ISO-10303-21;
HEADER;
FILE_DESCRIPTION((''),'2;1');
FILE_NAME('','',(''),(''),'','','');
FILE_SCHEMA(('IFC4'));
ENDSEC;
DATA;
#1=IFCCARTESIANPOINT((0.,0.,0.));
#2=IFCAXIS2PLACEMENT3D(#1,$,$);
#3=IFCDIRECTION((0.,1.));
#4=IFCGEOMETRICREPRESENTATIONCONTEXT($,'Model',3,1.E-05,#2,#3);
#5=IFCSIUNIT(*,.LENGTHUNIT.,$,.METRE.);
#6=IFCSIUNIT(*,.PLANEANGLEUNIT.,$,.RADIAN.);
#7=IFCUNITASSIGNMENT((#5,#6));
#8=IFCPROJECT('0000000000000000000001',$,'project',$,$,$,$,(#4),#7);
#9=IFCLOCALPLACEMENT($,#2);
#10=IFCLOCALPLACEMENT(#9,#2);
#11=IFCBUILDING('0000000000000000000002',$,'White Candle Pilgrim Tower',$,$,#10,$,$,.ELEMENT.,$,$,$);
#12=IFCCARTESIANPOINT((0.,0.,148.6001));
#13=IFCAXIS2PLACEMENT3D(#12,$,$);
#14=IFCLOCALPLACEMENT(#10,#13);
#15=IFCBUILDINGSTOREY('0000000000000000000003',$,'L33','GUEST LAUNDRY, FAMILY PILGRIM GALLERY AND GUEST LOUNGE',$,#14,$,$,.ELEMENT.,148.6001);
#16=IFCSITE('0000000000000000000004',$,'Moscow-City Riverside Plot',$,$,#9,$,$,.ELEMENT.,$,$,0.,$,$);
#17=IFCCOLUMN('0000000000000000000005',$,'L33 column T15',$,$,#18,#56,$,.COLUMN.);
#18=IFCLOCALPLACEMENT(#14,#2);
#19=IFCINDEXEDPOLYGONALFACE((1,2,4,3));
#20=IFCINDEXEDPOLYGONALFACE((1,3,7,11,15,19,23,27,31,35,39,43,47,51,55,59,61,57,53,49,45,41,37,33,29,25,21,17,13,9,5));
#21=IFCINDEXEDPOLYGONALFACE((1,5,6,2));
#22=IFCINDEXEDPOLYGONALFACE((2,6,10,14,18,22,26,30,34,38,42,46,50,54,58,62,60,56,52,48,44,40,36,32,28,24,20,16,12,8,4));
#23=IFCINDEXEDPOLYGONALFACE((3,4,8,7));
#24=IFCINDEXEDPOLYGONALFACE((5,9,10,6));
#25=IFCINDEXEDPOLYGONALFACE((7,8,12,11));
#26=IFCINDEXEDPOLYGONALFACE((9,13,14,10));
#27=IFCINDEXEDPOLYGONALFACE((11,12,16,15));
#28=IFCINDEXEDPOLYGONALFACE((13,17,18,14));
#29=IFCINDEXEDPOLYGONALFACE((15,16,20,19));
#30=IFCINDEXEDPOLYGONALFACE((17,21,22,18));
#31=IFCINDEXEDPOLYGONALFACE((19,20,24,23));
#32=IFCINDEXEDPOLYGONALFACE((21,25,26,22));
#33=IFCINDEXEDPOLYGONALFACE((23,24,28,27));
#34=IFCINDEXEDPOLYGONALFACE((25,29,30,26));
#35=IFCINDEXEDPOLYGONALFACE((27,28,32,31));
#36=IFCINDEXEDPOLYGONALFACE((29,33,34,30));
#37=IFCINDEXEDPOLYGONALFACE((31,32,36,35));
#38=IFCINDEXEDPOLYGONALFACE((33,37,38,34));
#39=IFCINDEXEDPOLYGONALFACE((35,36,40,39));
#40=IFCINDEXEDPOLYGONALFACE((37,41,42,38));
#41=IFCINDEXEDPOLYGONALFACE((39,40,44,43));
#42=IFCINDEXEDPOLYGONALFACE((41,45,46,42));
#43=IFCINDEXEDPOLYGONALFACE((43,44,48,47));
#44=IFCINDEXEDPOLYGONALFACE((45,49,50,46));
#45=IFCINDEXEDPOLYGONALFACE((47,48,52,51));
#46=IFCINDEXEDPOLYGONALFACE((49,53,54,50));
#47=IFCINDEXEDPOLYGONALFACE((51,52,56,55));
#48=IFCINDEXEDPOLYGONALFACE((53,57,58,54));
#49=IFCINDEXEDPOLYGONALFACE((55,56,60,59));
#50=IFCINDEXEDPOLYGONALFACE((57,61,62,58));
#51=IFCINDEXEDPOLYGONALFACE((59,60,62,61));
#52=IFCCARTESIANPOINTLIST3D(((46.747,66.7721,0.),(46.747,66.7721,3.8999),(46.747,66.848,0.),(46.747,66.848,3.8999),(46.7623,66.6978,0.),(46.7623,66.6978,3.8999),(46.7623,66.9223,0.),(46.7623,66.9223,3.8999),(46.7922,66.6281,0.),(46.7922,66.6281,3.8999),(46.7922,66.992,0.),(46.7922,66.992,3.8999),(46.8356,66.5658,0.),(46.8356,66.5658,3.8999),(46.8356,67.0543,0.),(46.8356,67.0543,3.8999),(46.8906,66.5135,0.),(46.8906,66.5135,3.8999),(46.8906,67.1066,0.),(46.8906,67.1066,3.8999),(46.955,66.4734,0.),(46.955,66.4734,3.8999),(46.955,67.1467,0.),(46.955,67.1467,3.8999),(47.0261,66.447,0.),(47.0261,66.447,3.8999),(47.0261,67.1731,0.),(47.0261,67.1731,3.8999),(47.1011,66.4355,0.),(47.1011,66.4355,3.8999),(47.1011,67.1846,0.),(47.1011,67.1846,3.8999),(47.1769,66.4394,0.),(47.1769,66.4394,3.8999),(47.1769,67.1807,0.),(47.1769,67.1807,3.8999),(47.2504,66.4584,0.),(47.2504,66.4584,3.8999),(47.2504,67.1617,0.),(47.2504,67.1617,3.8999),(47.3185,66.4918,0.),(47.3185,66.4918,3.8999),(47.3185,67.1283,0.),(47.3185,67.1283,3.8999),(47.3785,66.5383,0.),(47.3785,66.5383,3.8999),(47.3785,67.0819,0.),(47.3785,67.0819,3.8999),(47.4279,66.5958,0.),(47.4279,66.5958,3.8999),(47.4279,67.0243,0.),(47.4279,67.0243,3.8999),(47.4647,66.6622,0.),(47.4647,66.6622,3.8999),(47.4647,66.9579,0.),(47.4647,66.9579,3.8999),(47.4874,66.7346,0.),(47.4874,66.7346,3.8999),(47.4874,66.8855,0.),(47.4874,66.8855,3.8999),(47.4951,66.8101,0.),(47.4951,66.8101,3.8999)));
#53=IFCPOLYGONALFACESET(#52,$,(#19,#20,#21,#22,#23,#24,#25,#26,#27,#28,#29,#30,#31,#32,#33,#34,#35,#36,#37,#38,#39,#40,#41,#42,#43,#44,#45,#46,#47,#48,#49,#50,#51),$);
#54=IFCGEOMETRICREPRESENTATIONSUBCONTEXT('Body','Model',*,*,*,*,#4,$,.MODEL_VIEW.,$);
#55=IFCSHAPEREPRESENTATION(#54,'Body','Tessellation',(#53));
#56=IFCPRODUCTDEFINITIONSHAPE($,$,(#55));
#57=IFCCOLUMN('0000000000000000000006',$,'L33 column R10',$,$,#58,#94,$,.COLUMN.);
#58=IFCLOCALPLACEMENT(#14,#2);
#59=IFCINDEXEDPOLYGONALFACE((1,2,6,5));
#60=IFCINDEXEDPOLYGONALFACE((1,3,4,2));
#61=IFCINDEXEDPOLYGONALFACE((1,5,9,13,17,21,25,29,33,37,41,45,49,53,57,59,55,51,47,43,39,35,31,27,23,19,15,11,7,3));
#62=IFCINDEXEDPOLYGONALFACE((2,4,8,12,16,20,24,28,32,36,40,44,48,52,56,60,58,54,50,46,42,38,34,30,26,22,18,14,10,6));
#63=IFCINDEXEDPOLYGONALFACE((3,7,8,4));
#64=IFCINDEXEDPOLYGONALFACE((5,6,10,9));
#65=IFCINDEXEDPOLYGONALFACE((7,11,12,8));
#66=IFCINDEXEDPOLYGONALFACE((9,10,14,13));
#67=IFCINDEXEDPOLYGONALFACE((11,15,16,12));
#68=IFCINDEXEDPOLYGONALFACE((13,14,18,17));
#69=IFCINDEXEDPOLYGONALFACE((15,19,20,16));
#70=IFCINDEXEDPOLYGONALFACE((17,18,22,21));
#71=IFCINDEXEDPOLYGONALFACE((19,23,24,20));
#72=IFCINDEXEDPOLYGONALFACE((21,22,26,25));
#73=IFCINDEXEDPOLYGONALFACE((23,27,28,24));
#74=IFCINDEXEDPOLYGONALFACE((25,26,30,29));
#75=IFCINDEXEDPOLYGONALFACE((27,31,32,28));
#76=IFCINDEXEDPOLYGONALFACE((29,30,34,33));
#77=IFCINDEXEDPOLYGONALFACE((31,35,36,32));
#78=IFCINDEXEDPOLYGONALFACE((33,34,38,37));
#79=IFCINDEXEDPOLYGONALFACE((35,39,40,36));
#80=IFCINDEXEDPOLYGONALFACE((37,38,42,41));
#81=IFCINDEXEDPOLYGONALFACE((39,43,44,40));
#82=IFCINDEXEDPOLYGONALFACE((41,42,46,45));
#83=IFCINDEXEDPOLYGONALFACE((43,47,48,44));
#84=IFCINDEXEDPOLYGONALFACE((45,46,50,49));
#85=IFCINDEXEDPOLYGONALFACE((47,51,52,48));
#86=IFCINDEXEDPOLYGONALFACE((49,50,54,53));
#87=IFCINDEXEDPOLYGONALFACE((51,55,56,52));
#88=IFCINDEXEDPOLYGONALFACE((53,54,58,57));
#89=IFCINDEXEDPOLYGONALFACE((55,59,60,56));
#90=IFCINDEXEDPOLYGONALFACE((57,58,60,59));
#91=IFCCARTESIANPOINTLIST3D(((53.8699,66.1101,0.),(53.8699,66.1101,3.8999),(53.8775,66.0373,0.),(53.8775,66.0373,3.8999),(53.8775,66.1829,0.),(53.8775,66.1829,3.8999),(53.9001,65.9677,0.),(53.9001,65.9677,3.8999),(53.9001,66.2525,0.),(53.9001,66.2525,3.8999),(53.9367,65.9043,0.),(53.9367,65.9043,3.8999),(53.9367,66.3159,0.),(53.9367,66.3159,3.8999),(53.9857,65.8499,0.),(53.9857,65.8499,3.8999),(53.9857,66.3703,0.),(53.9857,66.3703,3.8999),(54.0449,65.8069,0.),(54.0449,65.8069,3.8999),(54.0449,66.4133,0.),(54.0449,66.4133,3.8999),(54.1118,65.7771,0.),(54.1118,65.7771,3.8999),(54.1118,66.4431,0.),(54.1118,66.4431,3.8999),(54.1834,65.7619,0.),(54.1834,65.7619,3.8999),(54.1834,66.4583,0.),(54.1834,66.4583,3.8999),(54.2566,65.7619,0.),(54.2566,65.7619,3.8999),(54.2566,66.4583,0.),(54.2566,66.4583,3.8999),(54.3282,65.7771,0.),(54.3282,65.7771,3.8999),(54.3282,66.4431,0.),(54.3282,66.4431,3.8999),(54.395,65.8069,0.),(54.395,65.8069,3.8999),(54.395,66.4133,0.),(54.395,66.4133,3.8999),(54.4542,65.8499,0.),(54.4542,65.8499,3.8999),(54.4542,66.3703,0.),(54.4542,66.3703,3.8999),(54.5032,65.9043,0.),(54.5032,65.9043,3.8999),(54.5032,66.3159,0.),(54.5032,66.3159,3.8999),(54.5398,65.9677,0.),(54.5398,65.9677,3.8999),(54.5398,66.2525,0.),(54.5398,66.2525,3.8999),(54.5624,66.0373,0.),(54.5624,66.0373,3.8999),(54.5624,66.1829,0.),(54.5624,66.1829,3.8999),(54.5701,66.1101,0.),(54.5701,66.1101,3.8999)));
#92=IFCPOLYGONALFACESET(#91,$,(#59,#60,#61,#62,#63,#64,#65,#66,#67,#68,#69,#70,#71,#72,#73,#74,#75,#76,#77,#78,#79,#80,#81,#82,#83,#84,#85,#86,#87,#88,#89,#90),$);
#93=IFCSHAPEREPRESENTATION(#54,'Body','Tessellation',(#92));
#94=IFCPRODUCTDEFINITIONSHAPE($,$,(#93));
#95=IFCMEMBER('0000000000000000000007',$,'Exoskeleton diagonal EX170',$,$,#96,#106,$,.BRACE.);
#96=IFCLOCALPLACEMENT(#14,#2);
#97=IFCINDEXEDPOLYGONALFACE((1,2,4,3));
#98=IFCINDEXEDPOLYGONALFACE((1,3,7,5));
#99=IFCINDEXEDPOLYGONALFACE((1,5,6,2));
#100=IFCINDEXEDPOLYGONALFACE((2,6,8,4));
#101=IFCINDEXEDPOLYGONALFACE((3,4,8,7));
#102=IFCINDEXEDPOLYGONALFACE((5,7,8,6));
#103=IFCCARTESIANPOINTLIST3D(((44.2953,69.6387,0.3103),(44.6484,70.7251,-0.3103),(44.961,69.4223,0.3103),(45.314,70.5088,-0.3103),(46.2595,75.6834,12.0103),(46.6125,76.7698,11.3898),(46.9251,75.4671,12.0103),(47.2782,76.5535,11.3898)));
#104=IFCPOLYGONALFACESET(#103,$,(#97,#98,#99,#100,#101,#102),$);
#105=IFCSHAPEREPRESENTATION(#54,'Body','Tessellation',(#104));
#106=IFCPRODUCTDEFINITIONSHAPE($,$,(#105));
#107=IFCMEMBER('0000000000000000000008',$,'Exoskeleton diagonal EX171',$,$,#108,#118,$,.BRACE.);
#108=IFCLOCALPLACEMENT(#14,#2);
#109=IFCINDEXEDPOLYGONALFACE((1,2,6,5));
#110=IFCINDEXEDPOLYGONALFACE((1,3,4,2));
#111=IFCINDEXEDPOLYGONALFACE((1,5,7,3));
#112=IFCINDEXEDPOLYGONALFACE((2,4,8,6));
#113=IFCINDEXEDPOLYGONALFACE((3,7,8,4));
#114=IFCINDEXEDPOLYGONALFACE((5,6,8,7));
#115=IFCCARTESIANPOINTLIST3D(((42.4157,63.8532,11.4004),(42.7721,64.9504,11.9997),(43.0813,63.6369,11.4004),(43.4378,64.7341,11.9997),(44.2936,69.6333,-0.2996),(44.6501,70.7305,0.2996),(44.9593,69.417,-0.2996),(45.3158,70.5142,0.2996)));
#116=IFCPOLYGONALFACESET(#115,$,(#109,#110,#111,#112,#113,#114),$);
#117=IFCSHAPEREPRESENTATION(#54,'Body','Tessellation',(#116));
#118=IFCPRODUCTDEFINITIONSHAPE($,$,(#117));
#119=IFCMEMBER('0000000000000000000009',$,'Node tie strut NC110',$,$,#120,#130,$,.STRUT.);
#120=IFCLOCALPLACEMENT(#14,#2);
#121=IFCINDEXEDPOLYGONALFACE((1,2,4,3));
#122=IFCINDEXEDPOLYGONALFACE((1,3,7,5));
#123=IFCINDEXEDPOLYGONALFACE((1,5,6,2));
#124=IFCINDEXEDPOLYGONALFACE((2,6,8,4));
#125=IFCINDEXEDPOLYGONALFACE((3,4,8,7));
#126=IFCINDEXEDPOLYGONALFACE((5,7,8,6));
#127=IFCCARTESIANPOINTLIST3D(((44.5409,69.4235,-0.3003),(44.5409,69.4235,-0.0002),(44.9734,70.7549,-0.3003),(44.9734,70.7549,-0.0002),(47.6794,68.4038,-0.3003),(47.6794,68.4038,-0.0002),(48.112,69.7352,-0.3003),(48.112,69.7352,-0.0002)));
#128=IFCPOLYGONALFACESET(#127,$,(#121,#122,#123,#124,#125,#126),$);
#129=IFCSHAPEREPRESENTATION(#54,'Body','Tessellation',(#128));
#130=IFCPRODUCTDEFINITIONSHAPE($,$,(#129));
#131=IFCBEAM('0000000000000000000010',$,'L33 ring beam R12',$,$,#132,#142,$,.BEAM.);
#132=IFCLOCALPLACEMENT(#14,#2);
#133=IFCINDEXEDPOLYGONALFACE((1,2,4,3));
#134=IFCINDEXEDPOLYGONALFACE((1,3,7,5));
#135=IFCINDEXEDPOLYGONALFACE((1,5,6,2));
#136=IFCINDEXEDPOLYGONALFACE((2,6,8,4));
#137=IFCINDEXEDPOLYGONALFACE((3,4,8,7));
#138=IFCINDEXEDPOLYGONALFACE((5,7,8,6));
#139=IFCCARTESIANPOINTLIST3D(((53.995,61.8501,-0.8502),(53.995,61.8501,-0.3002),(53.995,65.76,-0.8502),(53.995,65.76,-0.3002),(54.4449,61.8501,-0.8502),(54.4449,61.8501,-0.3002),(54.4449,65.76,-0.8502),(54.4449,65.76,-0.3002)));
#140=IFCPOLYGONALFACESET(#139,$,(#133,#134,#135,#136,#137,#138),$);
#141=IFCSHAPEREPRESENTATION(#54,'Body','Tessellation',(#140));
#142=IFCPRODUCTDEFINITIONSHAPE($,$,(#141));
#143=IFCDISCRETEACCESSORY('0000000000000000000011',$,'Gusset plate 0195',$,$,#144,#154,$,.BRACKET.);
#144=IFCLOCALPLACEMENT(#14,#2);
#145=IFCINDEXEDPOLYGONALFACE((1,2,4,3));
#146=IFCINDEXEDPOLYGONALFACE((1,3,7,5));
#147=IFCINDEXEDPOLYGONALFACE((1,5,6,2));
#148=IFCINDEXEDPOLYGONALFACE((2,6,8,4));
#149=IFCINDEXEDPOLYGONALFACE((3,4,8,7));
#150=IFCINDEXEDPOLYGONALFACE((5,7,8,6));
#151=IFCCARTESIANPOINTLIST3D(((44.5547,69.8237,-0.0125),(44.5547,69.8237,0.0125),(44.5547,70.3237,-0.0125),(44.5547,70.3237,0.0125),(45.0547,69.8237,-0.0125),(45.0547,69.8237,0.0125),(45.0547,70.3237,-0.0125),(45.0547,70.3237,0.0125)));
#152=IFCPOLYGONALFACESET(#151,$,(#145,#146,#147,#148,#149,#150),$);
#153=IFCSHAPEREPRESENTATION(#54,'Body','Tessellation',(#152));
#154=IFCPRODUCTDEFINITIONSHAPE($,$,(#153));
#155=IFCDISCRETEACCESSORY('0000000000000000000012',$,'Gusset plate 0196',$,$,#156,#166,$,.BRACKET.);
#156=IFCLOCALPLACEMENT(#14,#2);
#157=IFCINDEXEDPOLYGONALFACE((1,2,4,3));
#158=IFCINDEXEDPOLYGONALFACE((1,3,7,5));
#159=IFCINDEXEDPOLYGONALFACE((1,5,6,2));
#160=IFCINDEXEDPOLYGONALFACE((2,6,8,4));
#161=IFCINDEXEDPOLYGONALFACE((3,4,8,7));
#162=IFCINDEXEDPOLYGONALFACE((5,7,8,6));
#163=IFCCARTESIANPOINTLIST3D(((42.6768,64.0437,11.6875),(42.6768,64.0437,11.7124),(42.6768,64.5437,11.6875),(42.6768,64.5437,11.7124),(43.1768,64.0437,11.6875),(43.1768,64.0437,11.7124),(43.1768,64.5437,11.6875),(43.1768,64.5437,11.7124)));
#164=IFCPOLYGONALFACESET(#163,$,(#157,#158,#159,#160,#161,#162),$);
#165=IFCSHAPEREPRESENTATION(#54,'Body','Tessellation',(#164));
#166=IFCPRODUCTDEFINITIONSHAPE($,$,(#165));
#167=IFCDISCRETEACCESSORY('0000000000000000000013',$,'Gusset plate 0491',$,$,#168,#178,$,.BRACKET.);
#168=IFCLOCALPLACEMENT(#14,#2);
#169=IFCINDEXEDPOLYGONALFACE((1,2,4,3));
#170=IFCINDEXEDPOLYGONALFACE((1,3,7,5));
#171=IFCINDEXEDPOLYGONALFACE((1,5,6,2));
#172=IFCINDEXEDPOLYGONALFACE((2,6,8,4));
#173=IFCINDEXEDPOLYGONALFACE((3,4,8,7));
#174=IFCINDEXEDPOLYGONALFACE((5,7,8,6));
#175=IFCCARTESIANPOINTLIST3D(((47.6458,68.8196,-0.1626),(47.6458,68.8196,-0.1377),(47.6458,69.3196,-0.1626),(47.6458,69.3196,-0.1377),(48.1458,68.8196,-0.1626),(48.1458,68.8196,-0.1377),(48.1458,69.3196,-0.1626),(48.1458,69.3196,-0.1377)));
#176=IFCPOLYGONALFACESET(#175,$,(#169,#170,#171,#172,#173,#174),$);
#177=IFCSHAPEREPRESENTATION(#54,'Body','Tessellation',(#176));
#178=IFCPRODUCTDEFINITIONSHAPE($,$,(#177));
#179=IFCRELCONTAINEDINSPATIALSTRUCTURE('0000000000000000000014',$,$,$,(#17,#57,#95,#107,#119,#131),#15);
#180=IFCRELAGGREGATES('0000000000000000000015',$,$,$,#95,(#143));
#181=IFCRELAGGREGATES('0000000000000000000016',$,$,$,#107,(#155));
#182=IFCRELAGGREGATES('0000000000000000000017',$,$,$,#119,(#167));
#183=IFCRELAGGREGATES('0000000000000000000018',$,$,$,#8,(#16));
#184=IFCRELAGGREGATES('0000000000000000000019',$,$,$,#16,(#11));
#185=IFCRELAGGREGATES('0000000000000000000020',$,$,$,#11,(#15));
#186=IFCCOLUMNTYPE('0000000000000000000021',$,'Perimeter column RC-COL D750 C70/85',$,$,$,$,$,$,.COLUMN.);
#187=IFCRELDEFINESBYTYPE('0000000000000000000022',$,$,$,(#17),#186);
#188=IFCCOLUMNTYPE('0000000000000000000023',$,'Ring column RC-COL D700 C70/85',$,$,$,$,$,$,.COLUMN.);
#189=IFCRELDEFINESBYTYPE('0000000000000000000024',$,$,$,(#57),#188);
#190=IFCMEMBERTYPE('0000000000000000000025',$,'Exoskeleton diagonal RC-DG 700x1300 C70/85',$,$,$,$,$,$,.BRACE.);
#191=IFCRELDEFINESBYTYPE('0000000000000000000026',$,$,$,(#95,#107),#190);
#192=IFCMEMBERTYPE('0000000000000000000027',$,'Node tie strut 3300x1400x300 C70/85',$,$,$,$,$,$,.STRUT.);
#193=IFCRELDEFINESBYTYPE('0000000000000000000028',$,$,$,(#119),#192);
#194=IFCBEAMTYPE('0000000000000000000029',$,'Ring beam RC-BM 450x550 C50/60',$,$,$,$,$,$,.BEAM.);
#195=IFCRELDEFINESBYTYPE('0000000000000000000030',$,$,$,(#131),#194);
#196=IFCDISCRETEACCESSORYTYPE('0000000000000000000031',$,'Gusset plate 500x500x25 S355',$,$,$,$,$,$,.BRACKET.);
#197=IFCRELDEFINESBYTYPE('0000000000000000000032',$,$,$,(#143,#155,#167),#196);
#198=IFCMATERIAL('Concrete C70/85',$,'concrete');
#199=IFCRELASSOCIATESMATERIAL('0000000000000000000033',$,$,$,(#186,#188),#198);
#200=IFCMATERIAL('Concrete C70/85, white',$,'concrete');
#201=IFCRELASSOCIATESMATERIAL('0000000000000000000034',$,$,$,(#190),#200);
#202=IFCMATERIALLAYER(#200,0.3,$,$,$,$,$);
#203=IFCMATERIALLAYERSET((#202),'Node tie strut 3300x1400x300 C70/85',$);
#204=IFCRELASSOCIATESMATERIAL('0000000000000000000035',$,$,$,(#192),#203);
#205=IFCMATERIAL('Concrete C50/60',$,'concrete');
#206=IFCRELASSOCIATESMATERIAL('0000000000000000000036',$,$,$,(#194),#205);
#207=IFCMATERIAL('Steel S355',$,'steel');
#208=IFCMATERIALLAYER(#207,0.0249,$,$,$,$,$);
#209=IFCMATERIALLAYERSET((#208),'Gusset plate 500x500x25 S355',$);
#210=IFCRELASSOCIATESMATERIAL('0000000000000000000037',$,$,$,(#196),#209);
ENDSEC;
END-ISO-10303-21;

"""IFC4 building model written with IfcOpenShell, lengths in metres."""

from ifc_helpers import new_model, si_unit, direction, frame, origin, origin_2d, place, context, subcontext, project, spatial, rectangle, circle, extrude, material, layer, layer_set, material_profile, profile_set, type_object, element, aggregate, save


model = new_model("IFC4")

# Units and contexts
model_context = context("Model", 3, precision=1e-05, world=origin(), true_north=direction((0.0, 1.0)))
body_context = subcontext(model_context, "Body", "Model", "MODEL_VIEW")
ifc_project = project(units=[si_unit("LENGTHUNIT", "METRE"), si_unit("PLANEANGLEUNIT", "RADIAN")], contexts=[model_context])

# Site, building, storey
site_placement = place(None, origin())
site = spatial("IfcSite", under=ifc_project, at=site_placement, Name="Moscow-City Riverside Plot", CompositionType="ELEMENT", RefElevation=0.0)
building_placement = place(site_placement, origin())
building = spatial("IfcBuilding", under=site, at=building_placement, Name="White Candle Pilgrim Tower", CompositionType="ELEMENT")
storey_placement = place(building_placement, frame((0.0, 0.0, 148.6001)))
storey = spatial("IfcBuildingStorey", under=building, at=storey_placement, Name="L33", Description="GUEST LAUNDRY, FAMILY PILGRIM GALLERY AND GUEST LOUNGE", CompositionType="ELEMENT", Elevation=148.6001)

# Columns
ifc_material_1 = material(Name="Concrete C70/85", Category="concrete")
ifc_material_profile_1 = material_profile(ifc_material_1, circle(Radius=0.375, at=origin_2d()), Name="RC-COL D750")
ifc_profile_set_1 = profile_set([ifc_material_profile_1], Name="Concrete C70/85")
column_type_1 = type_object("IfcColumnType", Name="Perimeter column RC-COL D750 C70/85", PredefinedType="COLUMN", material=ifc_profile_set_1)
column_1_placement = place(storey_placement, frame((47.1201, 66.8101, 0.0), z_axis=(0.0, 0.0, 1.0), x_axis=(1.0, 0.0, 0.0)))
element("IfcColumn", 1, at=column_1_placement, inside=storey, type_object=column_type_1, Name="L33 column T15", PredefinedType="COLUMN", context=body_context, shape_type="SweptSolid", body=[
    extrude(circle(Radius=0.375, at=origin_2d()), origin(), (0.0, 0.0, 1.0), 3.8999),
])
ifc_material_profile_2 = material_profile(ifc_material_1, circle(Radius=0.3501, at=origin_2d()), Name="RC-COL D700")
ifc_profile_set_2 = profile_set([ifc_material_profile_2], Name="Concrete C70/85")
column_type_2 = type_object("IfcColumnType", Name="Ring column RC-COL D700 C70/85", PredefinedType="COLUMN", material=ifc_profile_set_2)
column_2_placement = place(storey_placement, frame((54.22, 66.1101, 0.0), z_axis=(0.0, 0.0, 1.0), x_axis=(1.0, 0.0, 0.0)))
element("IfcColumn", 2, at=column_2_placement, inside=storey, type_object=column_type_2, Name="L33 column R10", PredefinedType="COLUMN", context=body_context, shape_type="SweptSolid", body=[
    extrude(circle(Radius=0.3501, at=origin_2d()), origin(), (0.0, 0.0, 1.0), 3.8999),
])

# Members
ifc_material_2 = material(Name="Concrete C70/85, white", Category="concrete")
ifc_material_profile_3 = material_profile(ifc_material_2, rectangle(XDim=0.7, YDim=1.3, at=origin_2d()), Name="RC-DG 700x1300")
ifc_profile_set_3 = profile_set([ifc_material_profile_3], Name="Concrete C70/85, white")
member_type_1 = type_object("IfcMemberType", Name="Exoskeleton diagonal RC-DG 700x1300 C70/85", PredefinedType="BRACE", material=ifc_profile_set_3)
member_1_placement = place(storey_placement, frame((44.8047, 70.0737, 0.0), z_axis=(0.147513, 0.453981, 0.878716), x_axis=(-0.951053, 0.309028, 0.0)))
member_1 = element("IfcMember", 3, at=member_1_placement, inside=storey, type_object=member_type_1, Name="Exoskeleton diagonal EX170", PredefinedType="BRACE", context=body_context, shape_type="SweptSolid", body=[
    extrude(rectangle(XDim=0.7, YDim=1.3, at=origin_2d()), origin(), (0.0, 0.0, 1.0), 13.3149),
])
member_2_placement = place(storey_placement, frame((44.8047, 70.0737, 0.0), z_axis=(-0.142437, -0.438404, 0.887419), x_axis=(0.951062, -0.309, 0.0)))
member_2 = element("IfcMember", 4, at=member_2_placement, inside=storey, type_object=member_type_1, Name="Exoskeleton diagonal EX171", PredefinedType="BRACE", context=body_context, shape_type="SweptSolid", body=[
    extrude(rectangle(XDim=0.7, YDim=1.3, at=origin_2d()), origin(), (0.0, 0.0, 1.0), 13.1843),
])
ifc_layer_1 = layer(ifc_material_2, 0.3)
ifc_layer_set_1 = layer_set([ifc_layer_1], Name="Node tie strut 3300x1400x300 C70/85")
member_type_2 = type_object("IfcMemberType", Name="Node tie strut 3300x1400x300 C70/85", PredefinedType="STRUT", material=ifc_layer_set_1)
member_3_placement = place(storey_placement, frame((46.3264, 69.5793, -0.3003), z_axis=(0.0, 0.0, 1.0), x_axis=(-0.309017, -0.951057, 0.0)))
member_3 = element("IfcMember", 5, at=member_3_placement, inside=storey, type_object=member_type_2, Name="Node tie strut NC110", PredefinedType="STRUT", context=body_context, shape_type="SweptSolid", body=[
    extrude(rectangle(XDim=1.3999, YDim=3.3, at=origin_2d()), origin(), (0.0, 0.0, 1.0), 0.3),
])

# Beam
ifc_material_3 = material(Name="Concrete C50/60", Category="concrete")
ifc_material_profile_4 = material_profile(ifc_material_3, rectangle(XDim=0.45, YDim=0.55, at=origin_2d()), Name="RC-BM 450x550")
ifc_profile_set_4 = profile_set([ifc_material_profile_4], Name="Concrete C50/60")
beam_type_1 = type_object("IfcBeamType", Name="Ring beam RC-BM 450x550 C50/60", PredefinedType="BEAM", material=ifc_profile_set_4)
beam_1_placement = place(storey_placement, frame((54.22, 65.76, -0.5752), z_axis=(0.0, -1.0, 0.0), x_axis=(1.0, 0.0, 0.0)))
element("IfcBeam", 6, at=beam_1_placement, inside=storey, type_object=beam_type_1, Name="L33 ring beam R12", PredefinedType="BEAM", context=body_context, shape_type="SweptSolid", body=[
    extrude(rectangle(XDim=0.45, YDim=0.55, at=origin_2d()), origin(), (0.0, 0.0, 1.0), 3.9099),
])

# Discrete accessories
ifc_material_4 = material(Name="Steel S355", Category="steel")
ifc_layer_2 = layer(ifc_material_4, 0.0249)
ifc_layer_set_2 = layer_set([ifc_layer_2], Name="Gusset plate 500x500x25 S355")
discrete_accessory_type = type_object("IfcDiscreteAccessoryType", Name="Gusset plate 500x500x25 S355", PredefinedType="BRACKET", material=ifc_layer_set_2)
discrete_accessory_1_placement = place(storey_placement, frame((44.8047, 70.0737, -0.0125), z_axis=(0.0, 0.0, 1.0), x_axis=(1.0, 0.0, 0.0)))
discrete_accessory_1 = element("IfcDiscreteAccessory", 7, at=discrete_accessory_1_placement, type_object=discrete_accessory_type, Name="Gusset plate 0195", PredefinedType="BRACKET", context=body_context, shape_type="SweptSolid", body=[
    extrude(rectangle(XDim=0.5, YDim=0.5, at=origin_2d()), origin(), (0.0, 0.0, 1.0), 0.0249),
])
aggregate(member_1, [discrete_accessory_1])
placement = place(building_placement, frame((0.0, 0.0, 160.3)))
discrete_accessory_2_placement = place(placement, frame((42.9268, 64.2937, -0.0125), z_axis=(0.0, 0.0, 1.0), x_axis=(1.0, 0.0, 0.0)))
discrete_accessory_2 = element("IfcDiscreteAccessory", 8, at=discrete_accessory_2_placement, type_object=discrete_accessory_type, Name="Gusset plate 0196", PredefinedType="BRACKET", context=body_context, shape_type="SweptSolid", body=[
    extrude(rectangle(XDim=0.5, YDim=0.5, at=origin_2d()), origin(), (0.0, 0.0, 1.0), 0.0249),
])
aggregate(member_2, [discrete_accessory_2])
discrete_accessory_3_placement = place(storey_placement, frame((47.8958, 69.0696, -0.1626), z_axis=(0.0, 0.0, 1.0), x_axis=(1.0, 0.0, 0.0)))
discrete_accessory_3 = element("IfcDiscreteAccessory", 9, at=discrete_accessory_3_placement, type_object=discrete_accessory_type, Name="Gusset plate 0491", PredefinedType="BRACKET", context=body_context, shape_type="SweptSolid", body=[
    extrude(rectangle(XDim=0.5, YDim=0.5, at=origin_2d()), origin(), (0.0, 0.0, 1.0), 0.0249),
])
aggregate(member_3, [discrete_accessory_3])

save(model, "model.ifc")
